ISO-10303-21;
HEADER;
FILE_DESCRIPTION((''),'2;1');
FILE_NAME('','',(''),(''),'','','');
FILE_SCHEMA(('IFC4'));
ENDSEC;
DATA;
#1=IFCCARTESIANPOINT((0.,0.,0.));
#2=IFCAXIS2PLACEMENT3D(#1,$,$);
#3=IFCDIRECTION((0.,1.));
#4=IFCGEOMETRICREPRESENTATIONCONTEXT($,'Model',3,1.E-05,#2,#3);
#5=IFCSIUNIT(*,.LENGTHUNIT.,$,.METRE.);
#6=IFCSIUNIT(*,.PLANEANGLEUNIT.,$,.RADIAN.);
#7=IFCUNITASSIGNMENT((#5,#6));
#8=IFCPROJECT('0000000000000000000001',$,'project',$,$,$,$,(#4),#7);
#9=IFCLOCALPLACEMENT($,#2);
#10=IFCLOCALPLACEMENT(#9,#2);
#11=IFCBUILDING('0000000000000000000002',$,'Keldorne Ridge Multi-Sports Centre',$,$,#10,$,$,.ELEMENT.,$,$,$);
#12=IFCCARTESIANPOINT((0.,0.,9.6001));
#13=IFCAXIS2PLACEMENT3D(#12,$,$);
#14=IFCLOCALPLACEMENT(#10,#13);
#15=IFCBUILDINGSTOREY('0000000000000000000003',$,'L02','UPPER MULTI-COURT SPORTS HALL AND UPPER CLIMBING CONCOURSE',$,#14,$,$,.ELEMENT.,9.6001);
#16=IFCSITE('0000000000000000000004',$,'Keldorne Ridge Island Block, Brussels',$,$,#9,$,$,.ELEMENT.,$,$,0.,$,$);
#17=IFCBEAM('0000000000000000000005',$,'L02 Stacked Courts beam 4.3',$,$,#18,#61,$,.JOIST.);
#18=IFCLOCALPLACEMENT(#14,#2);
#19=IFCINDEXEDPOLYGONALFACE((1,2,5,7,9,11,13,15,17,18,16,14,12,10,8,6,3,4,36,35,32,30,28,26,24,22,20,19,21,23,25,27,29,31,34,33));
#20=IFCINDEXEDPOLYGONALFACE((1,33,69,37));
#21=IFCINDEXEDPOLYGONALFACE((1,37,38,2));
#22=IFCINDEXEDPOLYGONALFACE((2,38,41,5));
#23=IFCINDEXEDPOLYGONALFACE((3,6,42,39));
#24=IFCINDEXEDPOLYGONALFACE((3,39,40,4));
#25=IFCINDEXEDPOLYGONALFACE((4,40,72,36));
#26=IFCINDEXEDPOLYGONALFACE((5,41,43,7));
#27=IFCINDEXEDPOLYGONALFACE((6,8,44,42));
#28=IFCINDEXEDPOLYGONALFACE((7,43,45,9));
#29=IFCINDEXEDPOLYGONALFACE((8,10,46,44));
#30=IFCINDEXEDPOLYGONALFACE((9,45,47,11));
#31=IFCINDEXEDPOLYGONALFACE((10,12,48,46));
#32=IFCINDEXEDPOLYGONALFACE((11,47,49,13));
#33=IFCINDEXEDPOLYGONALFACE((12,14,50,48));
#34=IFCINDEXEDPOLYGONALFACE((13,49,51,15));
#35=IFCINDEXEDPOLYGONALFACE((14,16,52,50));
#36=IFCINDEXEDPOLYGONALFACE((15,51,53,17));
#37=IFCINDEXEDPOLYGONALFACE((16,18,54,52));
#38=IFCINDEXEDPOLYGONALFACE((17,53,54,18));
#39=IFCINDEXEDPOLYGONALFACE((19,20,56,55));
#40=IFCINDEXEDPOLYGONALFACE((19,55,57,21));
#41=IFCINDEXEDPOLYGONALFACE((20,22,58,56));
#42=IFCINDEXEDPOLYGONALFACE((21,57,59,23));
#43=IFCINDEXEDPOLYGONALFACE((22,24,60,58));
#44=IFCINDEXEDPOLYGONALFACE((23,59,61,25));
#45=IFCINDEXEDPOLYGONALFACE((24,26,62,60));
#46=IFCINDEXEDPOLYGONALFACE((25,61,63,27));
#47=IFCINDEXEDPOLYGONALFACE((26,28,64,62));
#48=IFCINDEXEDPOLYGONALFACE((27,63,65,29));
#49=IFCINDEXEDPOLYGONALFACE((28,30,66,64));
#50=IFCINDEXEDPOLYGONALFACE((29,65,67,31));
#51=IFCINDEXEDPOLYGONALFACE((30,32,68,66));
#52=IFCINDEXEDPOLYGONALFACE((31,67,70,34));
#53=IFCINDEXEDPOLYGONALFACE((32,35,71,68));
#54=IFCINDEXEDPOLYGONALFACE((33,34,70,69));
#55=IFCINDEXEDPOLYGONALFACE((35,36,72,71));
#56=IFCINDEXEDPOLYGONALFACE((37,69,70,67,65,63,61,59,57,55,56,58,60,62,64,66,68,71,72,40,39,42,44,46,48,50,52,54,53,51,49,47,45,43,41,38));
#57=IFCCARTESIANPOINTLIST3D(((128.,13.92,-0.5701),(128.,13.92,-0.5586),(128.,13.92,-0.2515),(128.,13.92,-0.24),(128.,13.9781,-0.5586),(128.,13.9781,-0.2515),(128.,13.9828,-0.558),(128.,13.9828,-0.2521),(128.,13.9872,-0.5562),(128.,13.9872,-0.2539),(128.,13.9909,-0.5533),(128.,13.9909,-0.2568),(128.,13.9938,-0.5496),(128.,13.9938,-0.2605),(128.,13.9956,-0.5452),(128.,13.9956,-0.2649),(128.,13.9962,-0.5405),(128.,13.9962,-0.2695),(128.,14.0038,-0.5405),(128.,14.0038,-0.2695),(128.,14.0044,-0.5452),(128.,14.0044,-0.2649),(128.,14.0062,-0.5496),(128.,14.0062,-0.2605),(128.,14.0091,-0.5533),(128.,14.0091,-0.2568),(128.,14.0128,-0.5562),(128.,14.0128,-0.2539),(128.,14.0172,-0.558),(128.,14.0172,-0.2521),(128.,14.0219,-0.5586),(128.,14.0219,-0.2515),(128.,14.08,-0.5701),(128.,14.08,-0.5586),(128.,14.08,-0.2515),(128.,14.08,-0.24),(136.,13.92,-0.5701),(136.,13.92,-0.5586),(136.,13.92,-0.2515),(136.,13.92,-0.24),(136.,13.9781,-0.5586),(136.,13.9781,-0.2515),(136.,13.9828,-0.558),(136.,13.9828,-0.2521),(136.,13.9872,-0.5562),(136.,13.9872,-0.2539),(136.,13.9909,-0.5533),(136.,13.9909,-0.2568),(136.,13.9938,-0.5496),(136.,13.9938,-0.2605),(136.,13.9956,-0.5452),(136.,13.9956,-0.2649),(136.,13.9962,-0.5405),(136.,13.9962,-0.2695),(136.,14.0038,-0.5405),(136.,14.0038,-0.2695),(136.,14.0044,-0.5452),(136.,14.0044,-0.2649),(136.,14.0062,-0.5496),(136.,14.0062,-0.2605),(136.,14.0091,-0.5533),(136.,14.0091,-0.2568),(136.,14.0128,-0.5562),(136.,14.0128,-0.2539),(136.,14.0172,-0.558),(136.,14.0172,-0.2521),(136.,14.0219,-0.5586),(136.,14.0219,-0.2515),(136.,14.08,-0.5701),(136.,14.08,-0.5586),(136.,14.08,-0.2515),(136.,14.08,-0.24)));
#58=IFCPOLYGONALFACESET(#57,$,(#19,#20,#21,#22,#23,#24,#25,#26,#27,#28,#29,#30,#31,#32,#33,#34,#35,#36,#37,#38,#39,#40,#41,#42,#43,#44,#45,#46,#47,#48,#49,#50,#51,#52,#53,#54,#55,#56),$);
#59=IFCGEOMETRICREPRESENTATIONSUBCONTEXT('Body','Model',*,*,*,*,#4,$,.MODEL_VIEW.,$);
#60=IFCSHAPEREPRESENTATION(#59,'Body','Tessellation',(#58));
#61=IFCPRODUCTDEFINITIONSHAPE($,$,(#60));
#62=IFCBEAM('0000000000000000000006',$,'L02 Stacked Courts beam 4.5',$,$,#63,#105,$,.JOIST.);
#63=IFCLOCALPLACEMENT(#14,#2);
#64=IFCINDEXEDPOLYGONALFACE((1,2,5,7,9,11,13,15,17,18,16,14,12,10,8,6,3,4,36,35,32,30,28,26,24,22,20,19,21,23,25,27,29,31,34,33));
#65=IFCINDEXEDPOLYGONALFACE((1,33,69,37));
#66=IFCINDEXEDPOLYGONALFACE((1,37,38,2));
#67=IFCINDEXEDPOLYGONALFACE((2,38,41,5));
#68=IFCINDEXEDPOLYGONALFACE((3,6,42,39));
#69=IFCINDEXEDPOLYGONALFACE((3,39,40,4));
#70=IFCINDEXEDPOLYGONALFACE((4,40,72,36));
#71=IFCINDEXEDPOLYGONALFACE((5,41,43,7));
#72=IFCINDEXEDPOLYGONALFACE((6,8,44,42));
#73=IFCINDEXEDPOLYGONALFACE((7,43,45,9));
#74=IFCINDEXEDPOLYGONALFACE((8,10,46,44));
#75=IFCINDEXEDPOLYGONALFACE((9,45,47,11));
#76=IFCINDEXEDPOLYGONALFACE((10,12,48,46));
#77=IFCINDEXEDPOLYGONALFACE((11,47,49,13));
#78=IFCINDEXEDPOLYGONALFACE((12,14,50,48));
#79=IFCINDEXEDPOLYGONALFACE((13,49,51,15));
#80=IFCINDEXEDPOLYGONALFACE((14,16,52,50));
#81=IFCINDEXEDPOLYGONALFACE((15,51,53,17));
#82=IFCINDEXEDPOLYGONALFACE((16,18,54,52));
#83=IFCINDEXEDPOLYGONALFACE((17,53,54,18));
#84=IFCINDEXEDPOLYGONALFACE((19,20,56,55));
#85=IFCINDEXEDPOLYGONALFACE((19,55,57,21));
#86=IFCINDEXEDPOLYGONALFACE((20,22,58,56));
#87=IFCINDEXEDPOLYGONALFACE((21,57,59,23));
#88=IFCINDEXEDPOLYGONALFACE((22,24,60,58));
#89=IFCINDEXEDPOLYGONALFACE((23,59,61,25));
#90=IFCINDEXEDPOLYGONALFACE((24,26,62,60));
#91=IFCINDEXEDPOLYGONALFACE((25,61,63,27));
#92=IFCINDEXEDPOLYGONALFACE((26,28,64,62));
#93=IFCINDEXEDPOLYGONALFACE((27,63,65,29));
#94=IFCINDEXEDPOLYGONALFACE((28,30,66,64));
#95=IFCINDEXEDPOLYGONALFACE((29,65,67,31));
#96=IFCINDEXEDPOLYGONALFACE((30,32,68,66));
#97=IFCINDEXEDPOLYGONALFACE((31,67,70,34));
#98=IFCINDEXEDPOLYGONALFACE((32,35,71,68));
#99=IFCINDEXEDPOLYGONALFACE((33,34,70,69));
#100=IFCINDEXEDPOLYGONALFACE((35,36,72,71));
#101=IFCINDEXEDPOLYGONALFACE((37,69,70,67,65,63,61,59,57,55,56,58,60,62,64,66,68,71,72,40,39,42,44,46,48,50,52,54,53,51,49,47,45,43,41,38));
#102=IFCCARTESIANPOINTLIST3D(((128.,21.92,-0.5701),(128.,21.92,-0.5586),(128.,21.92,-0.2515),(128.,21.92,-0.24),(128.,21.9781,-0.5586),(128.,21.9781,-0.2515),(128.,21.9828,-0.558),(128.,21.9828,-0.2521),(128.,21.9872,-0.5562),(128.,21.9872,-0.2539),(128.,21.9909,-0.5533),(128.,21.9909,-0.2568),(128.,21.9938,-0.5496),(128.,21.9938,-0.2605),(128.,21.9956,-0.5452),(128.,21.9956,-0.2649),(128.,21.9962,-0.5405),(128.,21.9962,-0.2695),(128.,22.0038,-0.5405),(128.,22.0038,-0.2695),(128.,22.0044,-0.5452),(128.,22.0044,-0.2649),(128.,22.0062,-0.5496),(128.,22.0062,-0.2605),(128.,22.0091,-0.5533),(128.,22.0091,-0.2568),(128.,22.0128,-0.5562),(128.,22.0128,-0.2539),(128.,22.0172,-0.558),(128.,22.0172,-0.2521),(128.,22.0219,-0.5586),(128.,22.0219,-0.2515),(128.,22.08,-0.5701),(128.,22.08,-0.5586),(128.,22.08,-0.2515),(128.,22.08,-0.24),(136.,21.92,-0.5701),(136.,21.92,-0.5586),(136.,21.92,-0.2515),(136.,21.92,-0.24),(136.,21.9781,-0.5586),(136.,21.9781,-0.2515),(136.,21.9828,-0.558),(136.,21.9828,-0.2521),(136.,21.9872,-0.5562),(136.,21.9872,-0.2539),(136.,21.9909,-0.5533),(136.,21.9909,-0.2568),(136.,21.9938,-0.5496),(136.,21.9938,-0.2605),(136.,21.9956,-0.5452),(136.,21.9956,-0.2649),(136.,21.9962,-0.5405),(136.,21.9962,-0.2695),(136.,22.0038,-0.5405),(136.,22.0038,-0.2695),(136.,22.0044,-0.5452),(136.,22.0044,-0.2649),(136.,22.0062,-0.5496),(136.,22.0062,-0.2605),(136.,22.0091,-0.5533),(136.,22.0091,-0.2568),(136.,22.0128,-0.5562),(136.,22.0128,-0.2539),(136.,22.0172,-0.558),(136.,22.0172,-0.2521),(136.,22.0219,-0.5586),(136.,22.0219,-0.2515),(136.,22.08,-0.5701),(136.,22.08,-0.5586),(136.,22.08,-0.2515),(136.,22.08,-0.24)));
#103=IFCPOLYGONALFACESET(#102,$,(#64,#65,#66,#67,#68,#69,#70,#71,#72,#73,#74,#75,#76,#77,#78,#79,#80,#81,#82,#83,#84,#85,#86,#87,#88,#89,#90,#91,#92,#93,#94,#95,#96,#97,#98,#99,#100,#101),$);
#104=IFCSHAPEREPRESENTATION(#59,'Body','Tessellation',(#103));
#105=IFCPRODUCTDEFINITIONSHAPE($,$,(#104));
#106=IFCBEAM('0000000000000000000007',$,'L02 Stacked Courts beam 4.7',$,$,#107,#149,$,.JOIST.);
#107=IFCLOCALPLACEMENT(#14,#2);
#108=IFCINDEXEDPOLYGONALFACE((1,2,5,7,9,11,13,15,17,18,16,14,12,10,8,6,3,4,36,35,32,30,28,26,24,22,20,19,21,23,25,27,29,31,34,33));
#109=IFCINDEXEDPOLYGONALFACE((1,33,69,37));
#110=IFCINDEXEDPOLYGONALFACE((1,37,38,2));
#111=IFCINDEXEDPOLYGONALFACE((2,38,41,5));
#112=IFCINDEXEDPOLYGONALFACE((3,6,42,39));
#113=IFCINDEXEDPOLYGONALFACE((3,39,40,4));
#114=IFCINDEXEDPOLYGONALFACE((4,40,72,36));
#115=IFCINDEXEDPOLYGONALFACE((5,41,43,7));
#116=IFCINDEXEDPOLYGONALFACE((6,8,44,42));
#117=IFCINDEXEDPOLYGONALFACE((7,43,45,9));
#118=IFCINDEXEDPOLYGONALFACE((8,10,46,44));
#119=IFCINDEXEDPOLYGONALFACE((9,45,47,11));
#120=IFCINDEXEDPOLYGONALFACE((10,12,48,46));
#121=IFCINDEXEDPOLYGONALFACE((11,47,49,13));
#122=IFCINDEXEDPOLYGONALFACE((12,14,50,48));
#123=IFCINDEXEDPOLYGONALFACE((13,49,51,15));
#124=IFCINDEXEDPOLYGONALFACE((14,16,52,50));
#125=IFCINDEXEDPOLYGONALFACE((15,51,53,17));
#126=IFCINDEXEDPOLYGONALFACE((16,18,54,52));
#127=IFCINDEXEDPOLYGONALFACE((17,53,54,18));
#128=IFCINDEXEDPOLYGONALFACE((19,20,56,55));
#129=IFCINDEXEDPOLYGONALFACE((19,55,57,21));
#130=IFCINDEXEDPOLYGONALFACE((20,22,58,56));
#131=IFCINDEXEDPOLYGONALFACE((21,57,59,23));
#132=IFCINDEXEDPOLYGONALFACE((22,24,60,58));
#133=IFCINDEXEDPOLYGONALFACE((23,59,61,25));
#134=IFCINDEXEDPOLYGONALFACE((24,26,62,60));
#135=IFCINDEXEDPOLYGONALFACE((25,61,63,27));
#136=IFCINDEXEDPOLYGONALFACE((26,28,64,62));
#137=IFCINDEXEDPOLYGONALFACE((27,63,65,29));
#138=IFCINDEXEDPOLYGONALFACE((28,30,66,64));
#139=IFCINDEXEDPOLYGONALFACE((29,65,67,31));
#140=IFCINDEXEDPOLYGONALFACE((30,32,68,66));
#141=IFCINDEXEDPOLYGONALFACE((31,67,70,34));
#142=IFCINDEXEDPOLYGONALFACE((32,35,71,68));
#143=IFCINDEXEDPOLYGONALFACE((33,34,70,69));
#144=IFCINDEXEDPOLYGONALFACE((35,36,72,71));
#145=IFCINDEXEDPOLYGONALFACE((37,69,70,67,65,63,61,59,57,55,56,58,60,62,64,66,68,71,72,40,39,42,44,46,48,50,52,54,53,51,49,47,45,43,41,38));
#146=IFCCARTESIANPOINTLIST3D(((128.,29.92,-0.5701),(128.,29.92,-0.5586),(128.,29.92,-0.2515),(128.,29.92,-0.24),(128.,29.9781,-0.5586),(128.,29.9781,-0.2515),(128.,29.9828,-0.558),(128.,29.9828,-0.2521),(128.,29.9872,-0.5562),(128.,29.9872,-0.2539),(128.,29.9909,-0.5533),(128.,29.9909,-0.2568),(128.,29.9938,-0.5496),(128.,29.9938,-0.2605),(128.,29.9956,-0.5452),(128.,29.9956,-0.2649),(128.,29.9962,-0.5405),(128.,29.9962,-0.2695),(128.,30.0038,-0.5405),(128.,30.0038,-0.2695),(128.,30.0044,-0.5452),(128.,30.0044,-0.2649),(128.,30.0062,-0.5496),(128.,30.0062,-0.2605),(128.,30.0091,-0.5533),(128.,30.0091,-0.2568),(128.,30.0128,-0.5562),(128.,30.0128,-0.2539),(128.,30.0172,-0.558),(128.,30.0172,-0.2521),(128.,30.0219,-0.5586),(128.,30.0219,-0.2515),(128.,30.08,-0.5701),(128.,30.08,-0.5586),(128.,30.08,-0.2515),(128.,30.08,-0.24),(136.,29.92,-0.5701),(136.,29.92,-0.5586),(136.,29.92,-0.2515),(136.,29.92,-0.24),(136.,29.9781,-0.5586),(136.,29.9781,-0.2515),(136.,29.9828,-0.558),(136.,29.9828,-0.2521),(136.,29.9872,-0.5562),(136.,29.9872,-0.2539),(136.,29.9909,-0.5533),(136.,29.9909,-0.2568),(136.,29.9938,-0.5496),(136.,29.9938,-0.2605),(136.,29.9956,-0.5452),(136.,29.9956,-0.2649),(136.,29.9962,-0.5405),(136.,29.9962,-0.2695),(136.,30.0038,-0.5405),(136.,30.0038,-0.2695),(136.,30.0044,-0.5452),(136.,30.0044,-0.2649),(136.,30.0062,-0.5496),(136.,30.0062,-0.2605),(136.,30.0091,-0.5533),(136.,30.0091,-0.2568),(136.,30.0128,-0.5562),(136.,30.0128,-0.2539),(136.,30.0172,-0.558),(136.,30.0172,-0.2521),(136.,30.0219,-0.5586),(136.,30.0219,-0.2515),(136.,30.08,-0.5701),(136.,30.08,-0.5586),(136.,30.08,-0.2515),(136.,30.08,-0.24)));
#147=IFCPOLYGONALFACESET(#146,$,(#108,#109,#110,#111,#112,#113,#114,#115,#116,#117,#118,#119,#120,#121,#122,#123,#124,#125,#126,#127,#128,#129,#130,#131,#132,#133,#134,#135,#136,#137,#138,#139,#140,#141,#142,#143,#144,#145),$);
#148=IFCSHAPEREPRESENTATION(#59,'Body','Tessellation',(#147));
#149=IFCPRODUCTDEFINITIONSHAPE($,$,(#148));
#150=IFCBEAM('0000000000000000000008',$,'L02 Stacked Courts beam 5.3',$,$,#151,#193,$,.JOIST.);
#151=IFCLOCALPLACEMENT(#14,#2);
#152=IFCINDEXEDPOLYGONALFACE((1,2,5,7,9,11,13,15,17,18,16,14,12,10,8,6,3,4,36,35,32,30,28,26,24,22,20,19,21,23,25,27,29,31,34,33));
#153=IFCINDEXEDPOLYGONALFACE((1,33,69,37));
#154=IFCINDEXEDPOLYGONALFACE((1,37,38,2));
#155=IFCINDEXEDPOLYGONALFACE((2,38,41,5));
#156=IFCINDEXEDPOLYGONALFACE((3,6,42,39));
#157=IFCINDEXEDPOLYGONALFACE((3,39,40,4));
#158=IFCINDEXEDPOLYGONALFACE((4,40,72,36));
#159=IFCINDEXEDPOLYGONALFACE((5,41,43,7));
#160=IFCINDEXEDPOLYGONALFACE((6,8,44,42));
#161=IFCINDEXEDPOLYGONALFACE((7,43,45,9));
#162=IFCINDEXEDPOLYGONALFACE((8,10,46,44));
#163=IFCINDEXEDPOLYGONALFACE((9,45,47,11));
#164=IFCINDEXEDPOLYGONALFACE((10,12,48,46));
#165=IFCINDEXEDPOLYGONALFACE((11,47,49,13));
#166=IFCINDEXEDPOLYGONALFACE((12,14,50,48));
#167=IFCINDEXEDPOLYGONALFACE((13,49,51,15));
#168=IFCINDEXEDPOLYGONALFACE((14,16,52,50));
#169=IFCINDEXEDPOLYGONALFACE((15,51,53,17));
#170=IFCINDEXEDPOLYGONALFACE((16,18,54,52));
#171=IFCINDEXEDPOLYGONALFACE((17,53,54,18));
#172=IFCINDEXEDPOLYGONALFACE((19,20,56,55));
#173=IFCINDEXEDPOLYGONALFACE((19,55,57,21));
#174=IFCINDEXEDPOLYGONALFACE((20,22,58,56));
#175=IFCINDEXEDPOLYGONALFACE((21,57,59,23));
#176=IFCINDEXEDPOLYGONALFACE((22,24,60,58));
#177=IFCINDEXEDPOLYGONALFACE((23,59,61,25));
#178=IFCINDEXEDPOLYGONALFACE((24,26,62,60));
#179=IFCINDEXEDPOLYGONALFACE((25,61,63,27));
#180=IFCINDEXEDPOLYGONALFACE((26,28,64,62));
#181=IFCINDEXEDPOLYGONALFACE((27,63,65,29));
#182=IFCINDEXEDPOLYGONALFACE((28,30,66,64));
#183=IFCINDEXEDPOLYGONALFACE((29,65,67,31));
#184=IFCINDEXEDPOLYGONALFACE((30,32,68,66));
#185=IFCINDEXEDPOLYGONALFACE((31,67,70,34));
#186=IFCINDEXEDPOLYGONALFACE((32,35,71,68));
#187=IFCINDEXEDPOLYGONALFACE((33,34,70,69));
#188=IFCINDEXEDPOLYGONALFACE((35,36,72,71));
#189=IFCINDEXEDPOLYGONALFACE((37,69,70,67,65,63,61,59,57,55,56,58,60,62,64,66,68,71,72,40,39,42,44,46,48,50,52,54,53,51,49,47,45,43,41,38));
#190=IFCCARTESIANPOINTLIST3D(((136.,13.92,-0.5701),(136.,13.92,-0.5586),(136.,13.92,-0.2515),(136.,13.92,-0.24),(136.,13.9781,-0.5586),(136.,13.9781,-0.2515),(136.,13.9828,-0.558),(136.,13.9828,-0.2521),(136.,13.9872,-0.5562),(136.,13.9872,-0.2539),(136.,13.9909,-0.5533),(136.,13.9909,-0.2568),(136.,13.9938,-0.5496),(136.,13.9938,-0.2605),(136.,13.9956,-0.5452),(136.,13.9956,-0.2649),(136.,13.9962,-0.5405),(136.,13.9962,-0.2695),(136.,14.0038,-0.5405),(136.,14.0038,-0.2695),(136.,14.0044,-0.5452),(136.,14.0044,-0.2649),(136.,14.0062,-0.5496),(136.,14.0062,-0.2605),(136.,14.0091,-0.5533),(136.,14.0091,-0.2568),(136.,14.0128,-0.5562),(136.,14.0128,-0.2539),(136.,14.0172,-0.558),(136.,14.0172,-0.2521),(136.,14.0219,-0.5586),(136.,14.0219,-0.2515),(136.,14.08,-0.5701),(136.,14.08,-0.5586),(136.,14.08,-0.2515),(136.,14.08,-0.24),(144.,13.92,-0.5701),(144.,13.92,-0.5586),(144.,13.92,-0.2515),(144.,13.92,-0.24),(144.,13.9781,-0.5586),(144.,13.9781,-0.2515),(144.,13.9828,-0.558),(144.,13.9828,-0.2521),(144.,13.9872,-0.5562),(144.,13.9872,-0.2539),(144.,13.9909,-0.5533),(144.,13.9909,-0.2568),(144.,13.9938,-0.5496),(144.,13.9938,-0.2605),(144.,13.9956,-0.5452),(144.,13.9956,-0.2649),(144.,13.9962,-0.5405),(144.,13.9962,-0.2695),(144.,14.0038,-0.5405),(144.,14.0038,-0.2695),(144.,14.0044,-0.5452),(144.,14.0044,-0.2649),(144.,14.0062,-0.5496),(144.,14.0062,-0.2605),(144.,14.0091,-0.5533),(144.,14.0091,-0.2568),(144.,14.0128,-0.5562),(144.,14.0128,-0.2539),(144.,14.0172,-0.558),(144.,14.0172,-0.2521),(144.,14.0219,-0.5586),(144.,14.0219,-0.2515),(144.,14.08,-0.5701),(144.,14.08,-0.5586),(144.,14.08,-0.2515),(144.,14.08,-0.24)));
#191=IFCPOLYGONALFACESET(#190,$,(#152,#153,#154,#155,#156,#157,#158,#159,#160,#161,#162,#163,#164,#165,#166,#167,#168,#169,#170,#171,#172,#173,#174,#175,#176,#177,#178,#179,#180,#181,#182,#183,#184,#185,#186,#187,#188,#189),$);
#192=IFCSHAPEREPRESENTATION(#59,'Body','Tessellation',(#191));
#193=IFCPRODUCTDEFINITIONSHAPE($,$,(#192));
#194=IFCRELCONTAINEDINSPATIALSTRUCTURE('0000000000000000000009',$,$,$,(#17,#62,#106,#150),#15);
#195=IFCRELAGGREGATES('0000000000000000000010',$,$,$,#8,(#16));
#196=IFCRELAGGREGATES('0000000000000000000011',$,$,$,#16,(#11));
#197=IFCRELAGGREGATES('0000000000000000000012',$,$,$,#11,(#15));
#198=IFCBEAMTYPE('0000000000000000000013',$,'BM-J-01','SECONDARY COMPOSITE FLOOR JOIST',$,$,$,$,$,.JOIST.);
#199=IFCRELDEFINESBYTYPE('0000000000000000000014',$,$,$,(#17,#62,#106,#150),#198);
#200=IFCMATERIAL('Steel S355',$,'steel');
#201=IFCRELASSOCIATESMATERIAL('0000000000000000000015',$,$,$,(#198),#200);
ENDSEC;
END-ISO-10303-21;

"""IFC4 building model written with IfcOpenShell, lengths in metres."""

from ifc_helpers import new_model, si_unit, direction, frame, origin, origin_2d, place, context, subcontext, project, spatial, i_section, extrude, material, material_profile, profile_set, type_object, element, save


model = new_model("IFC4")

# Units and contexts
model_context = context("Model", 3, precision=1e-05, world=origin(), true_north=direction((0.0, 1.0)))
body_context = subcontext(model_context, "Body", "Model", "MODEL_VIEW")
ifc_project = project(units=[si_unit("LENGTHUNIT", "METRE"), si_unit("PLANEANGLEUNIT", "RADIAN")], contexts=[model_context])

# Site, building, storey
site_placement = place(None, origin())
site = spatial("IfcSite", under=ifc_project, at=site_placement, Name="Keldorne Ridge Island Block, Brussels", CompositionType="ELEMENT", RefElevation=0.0)
building_placement = place(site_placement, origin())
building = spatial("IfcBuilding", under=site, at=building_placement, Name="Keldorne Ridge Multi-Sports Centre", CompositionType="ELEMENT")
storey_placement = place(building_placement, frame((0.0, 0.0, 9.6001)))
storey = spatial("IfcBuildingStorey", under=building, at=storey_placement, Name="L02", Description="UPPER MULTI-COURT SPORTS HALL AND UPPER CLIMBING CONCOURSE", CompositionType="ELEMENT", Elevation=9.6001)

# Beams
ifc_material_1 = material(Name="Steel S355", Category="steel")
ifc_material_profile_1 = material_profile(ifc_material_1, i_section(OverallWidth=0.1599, OverallDepth=0.3301, WebThickness=0.0076, FlangeThickness=0.0115, FilletRadius=0.0181, at=origin_2d()), Name="IPE 330")
ifc_profile_set_1 = profile_set([ifc_material_profile_1], Name="Steel S355")
beam_type_1 = type_object("IfcBeamType", Name="BM-J-01", Description="SECONDARY COMPOSITE FLOOR JOIST", PredefinedType="JOIST", material=ifc_profile_set_1)
for number, where, z_axis, x_axis, name in (
    (1, (128.0, 14.0, -0.405), (1.0, 0.0, 0.0), (0.0, 1.0, 0.0), "L02 Stacked Courts beam 4.3"),
    (2, (128.0, 22.0, -0.405), (1.0, 0.0, 0.0), (0.0, 1.0, 0.0), "L02 Stacked Courts beam 4.5"),
    (3, (128.0, 30.0, -0.405), (1.0, 0.0, 0.0), (0.0, 1.0, 0.0), "L02 Stacked Courts beam 4.7"),
    (4, (136.0, 14.0, -0.405), (1.0, 0.0, 0.0), (0.0, 1.0, 0.0), "L02 Stacked Courts beam 5.3"),
):
    element("IfcBeam", number, at=place(storey_placement, frame(where, z_axis=z_axis, x_axis=x_axis)), inside=storey, type_object=beam_type_1, Name=name, PredefinedType="JOIST", context=body_context, shape_type="SweptSolid", body=[
        extrude(i_section(OverallWidth=0.1599, OverallDepth=0.3301, WebThickness=0.0076, FlangeThickness=0.0115, FilletRadius=0.0181, at=origin_2d()), origin(), (0.0, 0.0, 1.0), 8.0),
    ])

save(model, "model.ifc")
